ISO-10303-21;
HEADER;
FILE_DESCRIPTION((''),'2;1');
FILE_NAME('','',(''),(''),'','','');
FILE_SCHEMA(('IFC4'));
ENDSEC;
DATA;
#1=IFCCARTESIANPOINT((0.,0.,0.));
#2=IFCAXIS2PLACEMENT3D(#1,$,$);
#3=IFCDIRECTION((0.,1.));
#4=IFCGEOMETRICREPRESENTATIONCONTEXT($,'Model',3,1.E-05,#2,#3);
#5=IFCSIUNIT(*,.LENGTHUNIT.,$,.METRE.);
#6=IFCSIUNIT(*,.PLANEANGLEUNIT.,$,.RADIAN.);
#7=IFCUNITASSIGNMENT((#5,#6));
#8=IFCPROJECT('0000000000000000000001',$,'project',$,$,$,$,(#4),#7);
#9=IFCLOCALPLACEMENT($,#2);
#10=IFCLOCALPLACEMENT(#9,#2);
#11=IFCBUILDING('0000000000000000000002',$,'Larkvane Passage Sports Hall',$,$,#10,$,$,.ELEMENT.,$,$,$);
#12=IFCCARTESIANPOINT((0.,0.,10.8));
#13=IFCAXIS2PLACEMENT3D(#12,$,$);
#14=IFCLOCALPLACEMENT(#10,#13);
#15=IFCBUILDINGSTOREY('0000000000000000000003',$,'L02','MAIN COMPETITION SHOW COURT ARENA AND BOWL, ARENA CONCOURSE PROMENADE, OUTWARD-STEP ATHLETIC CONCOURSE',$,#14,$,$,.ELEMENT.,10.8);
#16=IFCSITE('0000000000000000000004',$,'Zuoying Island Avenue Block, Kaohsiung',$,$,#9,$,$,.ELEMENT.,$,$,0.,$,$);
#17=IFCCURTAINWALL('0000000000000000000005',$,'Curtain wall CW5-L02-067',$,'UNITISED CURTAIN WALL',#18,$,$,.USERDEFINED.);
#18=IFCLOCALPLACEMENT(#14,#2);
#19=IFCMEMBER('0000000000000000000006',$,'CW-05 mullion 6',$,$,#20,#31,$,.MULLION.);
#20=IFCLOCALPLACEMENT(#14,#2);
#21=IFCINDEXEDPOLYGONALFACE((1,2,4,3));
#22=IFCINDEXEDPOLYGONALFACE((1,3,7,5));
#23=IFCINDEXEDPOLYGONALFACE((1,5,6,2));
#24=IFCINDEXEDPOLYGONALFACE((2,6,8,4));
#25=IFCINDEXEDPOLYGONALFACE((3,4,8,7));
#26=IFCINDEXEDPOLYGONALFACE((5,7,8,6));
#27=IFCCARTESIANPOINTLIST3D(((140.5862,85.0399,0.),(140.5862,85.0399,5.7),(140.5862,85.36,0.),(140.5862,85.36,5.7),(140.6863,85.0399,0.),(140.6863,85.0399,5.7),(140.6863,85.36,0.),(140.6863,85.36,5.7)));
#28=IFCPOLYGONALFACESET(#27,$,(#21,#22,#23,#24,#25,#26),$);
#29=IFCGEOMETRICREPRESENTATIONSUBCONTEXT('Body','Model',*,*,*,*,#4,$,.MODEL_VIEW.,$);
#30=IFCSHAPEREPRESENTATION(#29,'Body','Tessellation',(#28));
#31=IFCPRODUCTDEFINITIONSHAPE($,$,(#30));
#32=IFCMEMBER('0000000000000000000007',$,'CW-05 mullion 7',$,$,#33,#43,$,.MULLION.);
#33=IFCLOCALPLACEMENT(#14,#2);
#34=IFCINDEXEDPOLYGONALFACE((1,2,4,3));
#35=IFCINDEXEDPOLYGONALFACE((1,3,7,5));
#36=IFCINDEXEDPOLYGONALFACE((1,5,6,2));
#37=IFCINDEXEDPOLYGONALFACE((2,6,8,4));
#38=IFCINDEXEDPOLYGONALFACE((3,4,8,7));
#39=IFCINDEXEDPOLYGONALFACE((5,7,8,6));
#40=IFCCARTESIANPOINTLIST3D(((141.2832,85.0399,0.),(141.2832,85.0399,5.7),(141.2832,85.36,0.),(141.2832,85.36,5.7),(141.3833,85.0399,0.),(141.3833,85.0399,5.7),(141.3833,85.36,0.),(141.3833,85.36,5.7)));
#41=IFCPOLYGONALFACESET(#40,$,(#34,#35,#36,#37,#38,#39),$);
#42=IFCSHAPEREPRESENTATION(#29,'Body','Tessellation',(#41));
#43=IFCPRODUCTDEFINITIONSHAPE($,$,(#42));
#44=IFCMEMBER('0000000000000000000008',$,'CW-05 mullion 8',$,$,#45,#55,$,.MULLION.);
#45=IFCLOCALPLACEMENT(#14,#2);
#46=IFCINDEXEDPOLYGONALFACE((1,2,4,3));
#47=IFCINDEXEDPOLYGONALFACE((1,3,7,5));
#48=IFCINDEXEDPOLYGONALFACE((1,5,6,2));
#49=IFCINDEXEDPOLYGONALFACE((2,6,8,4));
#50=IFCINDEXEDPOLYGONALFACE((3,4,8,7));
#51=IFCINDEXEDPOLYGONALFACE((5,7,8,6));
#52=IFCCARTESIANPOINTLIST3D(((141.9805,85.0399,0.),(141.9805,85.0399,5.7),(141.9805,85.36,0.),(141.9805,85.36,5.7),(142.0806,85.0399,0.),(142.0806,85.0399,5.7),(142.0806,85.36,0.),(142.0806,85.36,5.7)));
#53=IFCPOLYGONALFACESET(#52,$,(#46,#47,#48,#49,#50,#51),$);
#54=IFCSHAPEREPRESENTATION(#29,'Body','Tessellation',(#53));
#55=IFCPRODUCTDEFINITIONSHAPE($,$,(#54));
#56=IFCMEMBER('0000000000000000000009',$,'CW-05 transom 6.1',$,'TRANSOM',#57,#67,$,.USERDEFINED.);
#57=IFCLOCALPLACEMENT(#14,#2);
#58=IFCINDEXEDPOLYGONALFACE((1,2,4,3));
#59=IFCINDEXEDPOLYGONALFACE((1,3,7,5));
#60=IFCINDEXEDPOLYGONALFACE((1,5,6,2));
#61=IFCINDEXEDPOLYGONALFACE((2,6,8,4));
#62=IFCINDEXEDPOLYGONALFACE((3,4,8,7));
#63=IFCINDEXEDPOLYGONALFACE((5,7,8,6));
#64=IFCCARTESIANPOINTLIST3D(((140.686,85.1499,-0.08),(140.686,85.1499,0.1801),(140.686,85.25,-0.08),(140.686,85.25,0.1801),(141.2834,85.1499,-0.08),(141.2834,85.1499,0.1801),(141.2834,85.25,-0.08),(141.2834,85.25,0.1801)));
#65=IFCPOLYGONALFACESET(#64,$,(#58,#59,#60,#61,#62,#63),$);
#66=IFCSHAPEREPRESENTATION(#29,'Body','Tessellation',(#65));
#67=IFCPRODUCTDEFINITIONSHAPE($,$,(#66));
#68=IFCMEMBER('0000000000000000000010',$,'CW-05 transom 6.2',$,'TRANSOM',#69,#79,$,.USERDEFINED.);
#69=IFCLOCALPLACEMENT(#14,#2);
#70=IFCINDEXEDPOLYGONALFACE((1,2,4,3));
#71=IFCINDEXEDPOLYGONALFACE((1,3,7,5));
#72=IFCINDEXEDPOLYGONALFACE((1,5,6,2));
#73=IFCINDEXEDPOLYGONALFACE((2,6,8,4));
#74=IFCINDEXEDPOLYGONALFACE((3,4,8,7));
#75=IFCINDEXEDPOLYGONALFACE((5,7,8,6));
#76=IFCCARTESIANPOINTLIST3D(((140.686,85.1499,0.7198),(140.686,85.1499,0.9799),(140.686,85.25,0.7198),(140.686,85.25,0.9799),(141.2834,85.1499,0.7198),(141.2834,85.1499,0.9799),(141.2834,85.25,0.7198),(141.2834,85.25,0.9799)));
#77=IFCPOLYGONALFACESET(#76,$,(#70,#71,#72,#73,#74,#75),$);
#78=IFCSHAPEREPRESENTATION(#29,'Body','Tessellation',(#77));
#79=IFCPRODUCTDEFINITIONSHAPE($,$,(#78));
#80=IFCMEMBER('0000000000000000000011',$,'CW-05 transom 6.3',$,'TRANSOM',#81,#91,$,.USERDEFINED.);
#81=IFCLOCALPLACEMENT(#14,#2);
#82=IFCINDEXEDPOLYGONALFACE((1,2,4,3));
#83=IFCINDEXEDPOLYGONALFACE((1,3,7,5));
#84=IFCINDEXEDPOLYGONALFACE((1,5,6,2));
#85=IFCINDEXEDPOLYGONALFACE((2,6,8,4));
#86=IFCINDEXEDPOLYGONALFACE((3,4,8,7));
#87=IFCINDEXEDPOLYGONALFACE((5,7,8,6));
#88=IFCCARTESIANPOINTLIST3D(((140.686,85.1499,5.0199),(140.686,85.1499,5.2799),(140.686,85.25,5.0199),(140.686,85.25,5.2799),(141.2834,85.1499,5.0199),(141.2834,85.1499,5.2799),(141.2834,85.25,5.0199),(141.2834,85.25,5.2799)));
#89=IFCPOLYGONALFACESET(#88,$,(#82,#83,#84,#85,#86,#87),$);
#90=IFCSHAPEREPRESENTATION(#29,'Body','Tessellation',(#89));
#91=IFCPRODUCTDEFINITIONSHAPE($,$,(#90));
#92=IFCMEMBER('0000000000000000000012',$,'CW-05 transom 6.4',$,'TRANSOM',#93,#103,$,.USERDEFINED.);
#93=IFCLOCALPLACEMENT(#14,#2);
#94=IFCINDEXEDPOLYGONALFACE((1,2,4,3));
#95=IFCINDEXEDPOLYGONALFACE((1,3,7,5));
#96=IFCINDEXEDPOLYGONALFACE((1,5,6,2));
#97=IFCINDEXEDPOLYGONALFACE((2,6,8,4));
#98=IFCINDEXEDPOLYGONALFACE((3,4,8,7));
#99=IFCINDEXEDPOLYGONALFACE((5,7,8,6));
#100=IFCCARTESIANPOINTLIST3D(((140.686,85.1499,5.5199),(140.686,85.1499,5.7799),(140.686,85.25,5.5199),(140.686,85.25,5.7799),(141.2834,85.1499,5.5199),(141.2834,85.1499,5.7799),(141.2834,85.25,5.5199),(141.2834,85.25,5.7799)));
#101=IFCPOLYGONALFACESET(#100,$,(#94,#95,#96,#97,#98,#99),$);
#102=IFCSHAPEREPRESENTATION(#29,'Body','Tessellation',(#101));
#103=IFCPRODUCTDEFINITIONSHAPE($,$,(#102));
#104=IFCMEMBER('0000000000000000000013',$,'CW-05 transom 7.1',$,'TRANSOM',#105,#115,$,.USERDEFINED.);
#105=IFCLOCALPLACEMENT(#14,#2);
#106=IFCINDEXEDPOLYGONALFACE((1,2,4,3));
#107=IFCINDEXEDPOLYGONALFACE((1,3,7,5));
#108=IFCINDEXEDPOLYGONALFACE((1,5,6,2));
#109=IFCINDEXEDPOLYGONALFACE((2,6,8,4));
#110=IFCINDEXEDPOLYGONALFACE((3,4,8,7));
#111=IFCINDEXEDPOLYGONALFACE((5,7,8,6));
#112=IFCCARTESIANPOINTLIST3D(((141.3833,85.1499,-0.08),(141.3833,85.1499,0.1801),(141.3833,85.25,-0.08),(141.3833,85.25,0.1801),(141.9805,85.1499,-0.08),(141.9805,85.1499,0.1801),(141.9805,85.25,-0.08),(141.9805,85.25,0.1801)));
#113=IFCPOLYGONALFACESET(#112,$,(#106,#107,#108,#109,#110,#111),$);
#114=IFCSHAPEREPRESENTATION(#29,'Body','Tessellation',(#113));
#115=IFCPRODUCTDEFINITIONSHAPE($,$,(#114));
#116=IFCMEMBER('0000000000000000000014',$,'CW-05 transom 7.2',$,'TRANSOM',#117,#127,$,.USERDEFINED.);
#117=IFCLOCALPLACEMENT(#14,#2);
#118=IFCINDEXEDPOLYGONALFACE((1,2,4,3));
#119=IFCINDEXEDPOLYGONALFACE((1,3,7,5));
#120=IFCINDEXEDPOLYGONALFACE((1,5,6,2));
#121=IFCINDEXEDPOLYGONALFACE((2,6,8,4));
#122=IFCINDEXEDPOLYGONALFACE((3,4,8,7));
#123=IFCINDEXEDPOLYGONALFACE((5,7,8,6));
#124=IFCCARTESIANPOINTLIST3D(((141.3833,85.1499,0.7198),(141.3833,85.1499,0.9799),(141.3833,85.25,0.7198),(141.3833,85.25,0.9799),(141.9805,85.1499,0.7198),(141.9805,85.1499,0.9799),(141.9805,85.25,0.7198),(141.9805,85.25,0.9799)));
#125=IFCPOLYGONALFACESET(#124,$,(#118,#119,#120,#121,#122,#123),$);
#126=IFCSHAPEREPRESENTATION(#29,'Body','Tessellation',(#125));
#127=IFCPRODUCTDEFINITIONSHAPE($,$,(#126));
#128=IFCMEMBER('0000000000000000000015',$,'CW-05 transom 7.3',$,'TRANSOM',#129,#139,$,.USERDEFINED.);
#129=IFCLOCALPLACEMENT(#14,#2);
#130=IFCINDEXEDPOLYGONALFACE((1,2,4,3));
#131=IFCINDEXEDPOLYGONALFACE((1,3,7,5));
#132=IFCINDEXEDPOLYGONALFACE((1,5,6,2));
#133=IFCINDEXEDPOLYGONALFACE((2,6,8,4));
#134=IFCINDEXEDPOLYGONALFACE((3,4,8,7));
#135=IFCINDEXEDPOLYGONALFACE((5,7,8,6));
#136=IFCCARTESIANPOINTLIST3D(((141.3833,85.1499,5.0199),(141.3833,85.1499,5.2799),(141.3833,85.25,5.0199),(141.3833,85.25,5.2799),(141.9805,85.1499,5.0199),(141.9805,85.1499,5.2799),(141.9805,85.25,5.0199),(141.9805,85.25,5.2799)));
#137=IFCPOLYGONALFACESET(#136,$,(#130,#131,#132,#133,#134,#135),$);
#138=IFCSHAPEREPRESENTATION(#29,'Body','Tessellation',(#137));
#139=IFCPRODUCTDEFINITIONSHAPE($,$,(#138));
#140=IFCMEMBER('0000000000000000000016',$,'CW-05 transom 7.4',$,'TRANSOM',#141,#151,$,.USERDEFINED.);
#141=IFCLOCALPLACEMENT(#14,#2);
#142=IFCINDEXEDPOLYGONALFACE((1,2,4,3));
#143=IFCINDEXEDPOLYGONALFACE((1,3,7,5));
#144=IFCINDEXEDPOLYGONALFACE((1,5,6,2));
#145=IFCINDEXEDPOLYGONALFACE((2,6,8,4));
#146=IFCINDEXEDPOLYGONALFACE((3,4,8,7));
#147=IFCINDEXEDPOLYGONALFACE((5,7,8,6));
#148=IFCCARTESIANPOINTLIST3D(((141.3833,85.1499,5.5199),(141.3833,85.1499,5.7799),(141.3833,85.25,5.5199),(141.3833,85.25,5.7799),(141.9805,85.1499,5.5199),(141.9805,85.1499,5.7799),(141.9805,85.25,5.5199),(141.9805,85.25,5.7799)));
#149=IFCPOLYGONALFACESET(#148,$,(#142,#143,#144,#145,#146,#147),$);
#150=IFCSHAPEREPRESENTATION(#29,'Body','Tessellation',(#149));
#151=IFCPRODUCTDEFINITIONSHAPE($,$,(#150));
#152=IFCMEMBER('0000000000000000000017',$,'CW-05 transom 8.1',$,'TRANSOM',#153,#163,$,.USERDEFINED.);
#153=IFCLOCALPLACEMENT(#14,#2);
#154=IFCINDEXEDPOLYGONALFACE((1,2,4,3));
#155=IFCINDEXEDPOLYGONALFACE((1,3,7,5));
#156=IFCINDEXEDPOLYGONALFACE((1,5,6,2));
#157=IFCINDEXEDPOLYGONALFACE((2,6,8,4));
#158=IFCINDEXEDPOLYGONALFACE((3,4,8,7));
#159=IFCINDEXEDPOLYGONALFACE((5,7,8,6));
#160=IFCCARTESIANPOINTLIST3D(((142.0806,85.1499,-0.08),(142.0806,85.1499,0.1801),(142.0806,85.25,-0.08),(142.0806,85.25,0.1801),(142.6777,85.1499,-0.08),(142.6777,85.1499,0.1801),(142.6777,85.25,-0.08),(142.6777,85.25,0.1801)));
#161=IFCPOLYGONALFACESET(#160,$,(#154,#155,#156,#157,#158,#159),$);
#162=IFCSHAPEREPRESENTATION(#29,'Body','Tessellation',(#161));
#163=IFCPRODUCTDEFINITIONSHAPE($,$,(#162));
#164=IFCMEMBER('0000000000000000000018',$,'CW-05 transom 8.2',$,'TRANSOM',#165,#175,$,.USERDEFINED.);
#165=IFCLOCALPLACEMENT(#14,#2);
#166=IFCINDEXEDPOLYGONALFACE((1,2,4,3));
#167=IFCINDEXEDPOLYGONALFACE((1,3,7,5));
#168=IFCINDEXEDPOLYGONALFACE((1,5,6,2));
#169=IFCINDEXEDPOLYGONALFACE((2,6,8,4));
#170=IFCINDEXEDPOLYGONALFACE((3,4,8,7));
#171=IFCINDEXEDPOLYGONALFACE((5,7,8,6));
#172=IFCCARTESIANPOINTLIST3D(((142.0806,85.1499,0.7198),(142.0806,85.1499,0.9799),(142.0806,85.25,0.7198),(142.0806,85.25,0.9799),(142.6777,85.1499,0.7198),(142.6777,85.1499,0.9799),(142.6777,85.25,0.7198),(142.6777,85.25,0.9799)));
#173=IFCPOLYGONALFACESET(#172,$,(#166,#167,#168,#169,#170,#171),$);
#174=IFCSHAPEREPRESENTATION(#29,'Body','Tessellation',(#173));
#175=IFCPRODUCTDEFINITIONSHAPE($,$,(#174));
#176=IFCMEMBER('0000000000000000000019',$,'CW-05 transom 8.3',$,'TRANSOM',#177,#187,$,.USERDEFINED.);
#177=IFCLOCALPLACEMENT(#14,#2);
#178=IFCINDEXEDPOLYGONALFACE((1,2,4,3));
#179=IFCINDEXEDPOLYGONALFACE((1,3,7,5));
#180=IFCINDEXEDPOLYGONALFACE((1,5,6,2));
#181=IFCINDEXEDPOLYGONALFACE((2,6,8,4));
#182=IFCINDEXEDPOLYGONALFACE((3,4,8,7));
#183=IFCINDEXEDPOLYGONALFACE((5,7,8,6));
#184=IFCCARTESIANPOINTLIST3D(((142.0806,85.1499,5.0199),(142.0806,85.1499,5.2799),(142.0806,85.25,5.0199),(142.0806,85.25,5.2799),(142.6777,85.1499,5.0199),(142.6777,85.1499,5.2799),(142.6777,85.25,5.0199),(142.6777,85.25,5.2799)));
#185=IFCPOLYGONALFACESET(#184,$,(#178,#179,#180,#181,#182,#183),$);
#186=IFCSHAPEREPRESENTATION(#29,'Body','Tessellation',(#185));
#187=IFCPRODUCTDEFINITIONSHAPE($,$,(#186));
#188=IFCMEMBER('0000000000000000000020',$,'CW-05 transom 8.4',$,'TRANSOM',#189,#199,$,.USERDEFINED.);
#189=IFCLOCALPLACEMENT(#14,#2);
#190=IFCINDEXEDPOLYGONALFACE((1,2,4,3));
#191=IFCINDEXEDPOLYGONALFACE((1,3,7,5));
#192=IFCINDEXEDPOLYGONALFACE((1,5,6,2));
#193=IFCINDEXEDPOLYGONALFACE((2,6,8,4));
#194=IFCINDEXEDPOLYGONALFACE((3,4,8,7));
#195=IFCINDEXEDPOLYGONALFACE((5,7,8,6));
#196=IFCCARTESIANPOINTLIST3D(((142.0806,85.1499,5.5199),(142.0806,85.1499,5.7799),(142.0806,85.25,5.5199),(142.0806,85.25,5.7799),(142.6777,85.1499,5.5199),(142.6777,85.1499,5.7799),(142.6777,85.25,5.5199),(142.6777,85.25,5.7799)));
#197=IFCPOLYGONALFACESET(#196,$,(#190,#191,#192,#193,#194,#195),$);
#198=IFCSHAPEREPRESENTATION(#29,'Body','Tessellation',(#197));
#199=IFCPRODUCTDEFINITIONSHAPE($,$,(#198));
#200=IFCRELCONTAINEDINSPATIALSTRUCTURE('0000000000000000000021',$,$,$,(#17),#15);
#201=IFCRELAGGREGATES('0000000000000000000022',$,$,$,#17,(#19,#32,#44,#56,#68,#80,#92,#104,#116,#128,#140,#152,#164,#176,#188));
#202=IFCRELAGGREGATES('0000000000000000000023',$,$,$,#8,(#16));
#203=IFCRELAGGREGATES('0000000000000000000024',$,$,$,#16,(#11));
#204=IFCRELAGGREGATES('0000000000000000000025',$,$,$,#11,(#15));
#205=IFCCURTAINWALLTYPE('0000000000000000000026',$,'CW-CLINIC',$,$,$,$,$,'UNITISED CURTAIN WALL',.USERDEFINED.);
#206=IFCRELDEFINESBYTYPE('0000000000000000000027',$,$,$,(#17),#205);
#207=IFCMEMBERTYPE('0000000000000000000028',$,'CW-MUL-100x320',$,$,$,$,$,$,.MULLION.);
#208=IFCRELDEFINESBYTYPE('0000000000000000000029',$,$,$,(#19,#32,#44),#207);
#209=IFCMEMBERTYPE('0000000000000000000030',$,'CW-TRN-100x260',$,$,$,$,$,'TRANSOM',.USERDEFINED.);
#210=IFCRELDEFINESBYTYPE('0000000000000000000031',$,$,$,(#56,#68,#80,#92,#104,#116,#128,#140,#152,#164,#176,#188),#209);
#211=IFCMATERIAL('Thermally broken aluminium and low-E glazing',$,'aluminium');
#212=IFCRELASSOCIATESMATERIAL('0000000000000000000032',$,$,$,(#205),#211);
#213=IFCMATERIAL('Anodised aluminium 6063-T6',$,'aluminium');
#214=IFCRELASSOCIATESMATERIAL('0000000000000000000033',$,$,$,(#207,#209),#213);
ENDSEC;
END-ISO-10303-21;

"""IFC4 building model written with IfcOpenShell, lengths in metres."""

from ifc_helpers import new_model, si_unit, direction, frame, origin, origin_2d, place, context, subcontext, project, spatial, rectangle, extrude, material, material_profile, profile_set, type_object, element, aggregate, save


model = new_model("IFC4")

# Units and contexts
model_context = context("Model", 3, precision=1e-05, world=origin(), true_north=direction((0.0, 1.0)))
body_context = subcontext(model_context, "Body", "Model", "MODEL_VIEW")
ifc_project = project(units=[si_unit("LENGTHUNIT", "METRE"), si_unit("PLANEANGLEUNIT", "RADIAN")], contexts=[model_context])

# Site, building, storey
site_placement = place(None, origin())
site = spatial("IfcSite", under=ifc_project, at=site_placement, Name="Zuoying Island Avenue Block, Kaohsiung", CompositionType="ELEMENT", RefElevation=0.0)
building_placement = place(site_placement, origin())
building = spatial("IfcBuilding", under=site, at=building_placement, Name="Larkvane Passage Sports Hall", CompositionType="ELEMENT")
storey_placement = place(building_placement, frame((0.0, 0.0, 10.8)))
storey = spatial("IfcBuildingStorey", under=building, at=storey_placement, Name="L02", Description="MAIN COMPETITION SHOW COURT ARENA AND BOWL, ARENA CONCOURSE PROMENADE, OUTWARD-STEP ATHLETIC CONCOURSE", CompositionType="ELEMENT", Elevation=10.8)

# Curtain wall, members
ifc_material_1 = material(Name="Thermally broken aluminium and low-E glazing", Category="aluminium")
curtain_wall_type = type_object("IfcCurtainWallType", Name="CW-CLINIC", ElementType="UNITISED CURTAIN WALL", PredefinedType="USERDEFINED", material=ifc_material_1)
curtain_wall_placement = place(storey_placement, origin())
curtain_wall = element("IfcCurtainWall", 1, at=curtain_wall_placement, inside=storey, type_object=curtain_wall_type, Name="Curtain wall CW5-L02-067", ObjectType="UNITISED CURTAIN WALL", PredefinedType="USERDEFINED")
ifc_material_2 = material(Name="Anodised aluminium 6063-T6", Category="aluminium")
ifc_material_profile_1 = material_profile(ifc_material_2, rectangle(XDim=0.1001, YDim=0.3201, at=origin_2d()), Name="ALU-MUL-100x320")
ifc_profile_set_1 = profile_set([ifc_material_profile_1], Name="Anodised aluminium 6063-T6")
member_type_1 = type_object("IfcMemberType", Name="CW-MUL-100x320", PredefinedType="MULLION", material=ifc_profile_set_1)
member_1_placement = place(storey_placement, frame((140.6362, 85.2, 0.0), z_axis=(0.0, 0.0, 1.0), x_axis=(1.0, 0.0, 0.0)))
member_1 = element("IfcMember", 2, at=member_1_placement, type_object=member_type_1, Name="CW-05 mullion 6", PredefinedType="MULLION", context=body_context, shape_type="SweptSolid", body=[
    extrude(rectangle(XDim=0.1001, YDim=0.3201, at=origin_2d()), origin(), (0.0, 0.0, 1.0), 5.7),
])
member_2_placement = place(storey_placement, frame((141.3333, 85.2, 0.0), z_axis=(0.0, 0.0, 1.0), x_axis=(1.0, 0.0, 0.0)))
member_2 = element("IfcMember", 3, at=member_2_placement, type_object=member_type_1, Name="CW-05 mullion 7", PredefinedType="MULLION", context=body_context, shape_type="SweptSolid", body=[
    extrude(rectangle(XDim=0.1001, YDim=0.3201, at=origin_2d()), origin(), (0.0, 0.0, 1.0), 5.7),
])
member_3_placement = place(storey_placement, frame((142.0305, 85.2, 0.0), z_axis=(0.0, 0.0, 1.0), x_axis=(1.0, 0.0, 0.0)))
member_3 = element("IfcMember", 4, at=member_3_placement, type_object=member_type_1, Name="CW-05 mullion 8", PredefinedType="MULLION", context=body_context, shape_type="SweptSolid", body=[
    extrude(rectangle(XDim=0.1001, YDim=0.3201, at=origin_2d()), origin(), (0.0, 0.0, 1.0), 5.7),
])
ifc_material_profile_2 = material_profile(ifc_material_2, rectangle(XDim=0.1001, YDim=0.26, at=origin_2d()), Name="ALU-TRN-100x260")
ifc_profile_set_2 = profile_set([ifc_material_profile_2], Name="Anodised aluminium 6063-T6")
member_type_2 = type_object("IfcMemberType", Name="CW-TRN-100x260", ElementType="TRANSOM", PredefinedType="USERDEFINED", material=ifc_profile_set_2)
member_4_placement = place(storey_placement, frame((140.686, 85.2, 0.05), z_axis=(1.0, 0.0, 0.0), x_axis=(0.0, 1.0, 0.0)))
member_4 = element("IfcMember", 5, at=member_4_placement, type_object=member_type_2, Name="CW-05 transom 6.1", ObjectType="TRANSOM", PredefinedType="USERDEFINED", context=body_context, shape_type="SweptSolid", body=[
    extrude(rectangle(XDim=0.1001, YDim=0.26, at=origin_2d()), origin(), (0.0, 0.0, 1.0), 0.5974),
])
member_5_placement = place(storey_placement, frame((140.686, 85.2, 0.8499), z_axis=(1.0, 0.0, 0.0), x_axis=(0.0, 1.0, 0.0)))
member_5 = element("IfcMember", 6, at=member_5_placement, type_object=member_type_2, Name="CW-05 transom 6.2", ObjectType="TRANSOM", PredefinedType="USERDEFINED", context=body_context, shape_type="SweptSolid", body=[
    extrude(rectangle(XDim=0.1001, YDim=0.26, at=origin_2d()), origin(), (0.0, 0.0, 1.0), 0.5974),
])
member_6_placement = place(storey_placement, frame((140.686, 85.2, 5.1499), z_axis=(1.0, 0.0, 0.0), x_axis=(0.0, 1.0, 0.0)))
member_6 = element("IfcMember", 7, at=member_6_placement, type_object=member_type_2, Name="CW-05 transom 6.3", ObjectType="TRANSOM", PredefinedType="USERDEFINED", context=body_context, shape_type="SweptSolid", body=[
    extrude(rectangle(XDim=0.1001, YDim=0.26, at=origin_2d()), origin(), (0.0, 0.0, 1.0), 0.5974),
])
member_7_placement = place(storey_placement, frame((140.686, 85.2, 5.6499), z_axis=(1.0, 0.0, 0.0), x_axis=(0.0, 1.0, 0.0)))
member_7 = element("IfcMember", 8, at=member_7_placement, type_object=member_type_2, Name="CW-05 transom 6.4", ObjectType="TRANSOM", PredefinedType="USERDEFINED", context=body_context, shape_type="SweptSolid", body=[
    extrude(rectangle(XDim=0.1001, YDim=0.26, at=origin_2d()), origin(), (0.0, 0.0, 1.0), 0.5974),
])
member_8_placement = place(storey_placement, frame((141.3833, 85.2, 0.05), z_axis=(1.0, 0.0, 0.0), x_axis=(0.0, 1.0, 0.0)))
member_8 = element("IfcMember", 9, at=member_8_placement, type_object=member_type_2, Name="CW-05 transom 7.1", ObjectType="TRANSOM", PredefinedType="USERDEFINED", context=body_context, shape_type="SweptSolid", body=[
    extrude(rectangle(XDim=0.1001, YDim=0.26, at=origin_2d()), origin(), (0.0, 0.0, 1.0), 0.5972),
])
member_9_placement = place(storey_placement, frame((141.3833, 85.2, 0.8499), z_axis=(1.0, 0.0, 0.0), x_axis=(0.0, 1.0, 0.0)))
member_9 = element("IfcMember", 10, at=member_9_placement, type_object=member_type_2, Name="CW-05 transom 7.2", ObjectType="TRANSOM", PredefinedType="USERDEFINED", context=body_context, shape_type="SweptSolid", body=[
    extrude(rectangle(XDim=0.1001, YDim=0.26, at=origin_2d()), origin(), (0.0, 0.0, 1.0), 0.5972),
])
member_10_placement = place(storey_placement, frame((141.3833, 85.2, 5.1499), z_axis=(1.0, 0.0, 0.0), x_axis=(0.0, 1.0, 0.0)))
member_10 = element("IfcMember", 11, at=member_10_placement, type_object=member_type_2, Name="CW-05 transom 7.3", ObjectType="TRANSOM", PredefinedType="USERDEFINED", context=body_context, shape_type="SweptSolid", body=[
    extrude(rectangle(XDim=0.1001, YDim=0.26, at=origin_2d()), origin(), (0.0, 0.0, 1.0), 0.5972),
])
member_11_placement = place(storey_placement, frame((141.3833, 85.2, 5.6499), z_axis=(1.0, 0.0, 0.0), x_axis=(0.0, 1.0, 0.0)))
member_11 = element("IfcMember", 12, at=member_11_placement, type_object=member_type_2, Name="CW-05 transom 7.4", ObjectType="TRANSOM", PredefinedType="USERDEFINED", context=body_context, shape_type="SweptSolid", body=[
    extrude(rectangle(XDim=0.1001, YDim=0.26, at=origin_2d()), origin(), (0.0, 0.0, 1.0), 0.5972),
])
member_12_placement = place(storey_placement, frame((142.0806, 85.2, 0.05), z_axis=(1.0, 0.0, 0.0), x_axis=(0.0, 1.0, 0.0)))
member_12 = element("IfcMember", 13, at=member_12_placement, type_object=member_type_2, Name="CW-05 transom 8.1", ObjectType="TRANSOM", PredefinedType="USERDEFINED", context=body_context, shape_type="SweptSolid", body=[
    extrude(rectangle(XDim=0.1001, YDim=0.26, at=origin_2d()), origin(), (0.0, 0.0, 1.0), 0.5972),
])
member_13_placement = place(storey_placement, frame((142.0806, 85.2, 0.8499), z_axis=(1.0, 0.0, 0.0), x_axis=(0.0, 1.0, 0.0)))
member_13 = element("IfcMember", 14, at=member_13_placement, type_object=member_type_2, Name="CW-05 transom 8.2", ObjectType="TRANSOM", PredefinedType="USERDEFINED", context=body_context, shape_type="SweptSolid", body=[
    extrude(rectangle(XDim=0.1001, YDim=0.26, at=origin_2d()), origin(), (0.0, 0.0, 1.0), 0.5972),
])
member_14_placement = place(storey_placement, frame((142.0806, 85.2, 5.1499), z_axis=(1.0, 0.0, 0.0), x_axis=(0.0, 1.0, 0.0)))
member_14 = element("IfcMember", 15, at=member_14_placement, type_object=member_type_2, Name="CW-05 transom 8.3", ObjectType="TRANSOM", PredefinedType="USERDEFINED", context=body_context, shape_type="SweptSolid", body=[
    extrude(rectangle(XDim=0.1001, YDim=0.26, at=origin_2d()), origin(), (0.0, 0.0, 1.0), 0.5972),
])
member_15_placement = place(storey_placement, frame((142.0806, 85.2, 5.6499), z_axis=(1.0, 0.0, 0.0), x_axis=(0.0, 1.0, 0.0)))
member_15 = element("IfcMember", 16, at=member_15_placement, type_object=member_type_2, Name="CW-05 transom 8.4", ObjectType="TRANSOM", PredefinedType="USERDEFINED", context=body_context, shape_type="SweptSolid", body=[
    extrude(rectangle(XDim=0.1001, YDim=0.26, at=origin_2d()), origin(), (0.0, 0.0, 1.0), 0.5972),
])
aggregate(curtain_wall, [member_1, member_2, member_3, member_4, member_5, member_6, member_7, member_8, member_9, member_10, member_11, member_12, member_13, member_14, member_15])

save(model, "model.ifc")
